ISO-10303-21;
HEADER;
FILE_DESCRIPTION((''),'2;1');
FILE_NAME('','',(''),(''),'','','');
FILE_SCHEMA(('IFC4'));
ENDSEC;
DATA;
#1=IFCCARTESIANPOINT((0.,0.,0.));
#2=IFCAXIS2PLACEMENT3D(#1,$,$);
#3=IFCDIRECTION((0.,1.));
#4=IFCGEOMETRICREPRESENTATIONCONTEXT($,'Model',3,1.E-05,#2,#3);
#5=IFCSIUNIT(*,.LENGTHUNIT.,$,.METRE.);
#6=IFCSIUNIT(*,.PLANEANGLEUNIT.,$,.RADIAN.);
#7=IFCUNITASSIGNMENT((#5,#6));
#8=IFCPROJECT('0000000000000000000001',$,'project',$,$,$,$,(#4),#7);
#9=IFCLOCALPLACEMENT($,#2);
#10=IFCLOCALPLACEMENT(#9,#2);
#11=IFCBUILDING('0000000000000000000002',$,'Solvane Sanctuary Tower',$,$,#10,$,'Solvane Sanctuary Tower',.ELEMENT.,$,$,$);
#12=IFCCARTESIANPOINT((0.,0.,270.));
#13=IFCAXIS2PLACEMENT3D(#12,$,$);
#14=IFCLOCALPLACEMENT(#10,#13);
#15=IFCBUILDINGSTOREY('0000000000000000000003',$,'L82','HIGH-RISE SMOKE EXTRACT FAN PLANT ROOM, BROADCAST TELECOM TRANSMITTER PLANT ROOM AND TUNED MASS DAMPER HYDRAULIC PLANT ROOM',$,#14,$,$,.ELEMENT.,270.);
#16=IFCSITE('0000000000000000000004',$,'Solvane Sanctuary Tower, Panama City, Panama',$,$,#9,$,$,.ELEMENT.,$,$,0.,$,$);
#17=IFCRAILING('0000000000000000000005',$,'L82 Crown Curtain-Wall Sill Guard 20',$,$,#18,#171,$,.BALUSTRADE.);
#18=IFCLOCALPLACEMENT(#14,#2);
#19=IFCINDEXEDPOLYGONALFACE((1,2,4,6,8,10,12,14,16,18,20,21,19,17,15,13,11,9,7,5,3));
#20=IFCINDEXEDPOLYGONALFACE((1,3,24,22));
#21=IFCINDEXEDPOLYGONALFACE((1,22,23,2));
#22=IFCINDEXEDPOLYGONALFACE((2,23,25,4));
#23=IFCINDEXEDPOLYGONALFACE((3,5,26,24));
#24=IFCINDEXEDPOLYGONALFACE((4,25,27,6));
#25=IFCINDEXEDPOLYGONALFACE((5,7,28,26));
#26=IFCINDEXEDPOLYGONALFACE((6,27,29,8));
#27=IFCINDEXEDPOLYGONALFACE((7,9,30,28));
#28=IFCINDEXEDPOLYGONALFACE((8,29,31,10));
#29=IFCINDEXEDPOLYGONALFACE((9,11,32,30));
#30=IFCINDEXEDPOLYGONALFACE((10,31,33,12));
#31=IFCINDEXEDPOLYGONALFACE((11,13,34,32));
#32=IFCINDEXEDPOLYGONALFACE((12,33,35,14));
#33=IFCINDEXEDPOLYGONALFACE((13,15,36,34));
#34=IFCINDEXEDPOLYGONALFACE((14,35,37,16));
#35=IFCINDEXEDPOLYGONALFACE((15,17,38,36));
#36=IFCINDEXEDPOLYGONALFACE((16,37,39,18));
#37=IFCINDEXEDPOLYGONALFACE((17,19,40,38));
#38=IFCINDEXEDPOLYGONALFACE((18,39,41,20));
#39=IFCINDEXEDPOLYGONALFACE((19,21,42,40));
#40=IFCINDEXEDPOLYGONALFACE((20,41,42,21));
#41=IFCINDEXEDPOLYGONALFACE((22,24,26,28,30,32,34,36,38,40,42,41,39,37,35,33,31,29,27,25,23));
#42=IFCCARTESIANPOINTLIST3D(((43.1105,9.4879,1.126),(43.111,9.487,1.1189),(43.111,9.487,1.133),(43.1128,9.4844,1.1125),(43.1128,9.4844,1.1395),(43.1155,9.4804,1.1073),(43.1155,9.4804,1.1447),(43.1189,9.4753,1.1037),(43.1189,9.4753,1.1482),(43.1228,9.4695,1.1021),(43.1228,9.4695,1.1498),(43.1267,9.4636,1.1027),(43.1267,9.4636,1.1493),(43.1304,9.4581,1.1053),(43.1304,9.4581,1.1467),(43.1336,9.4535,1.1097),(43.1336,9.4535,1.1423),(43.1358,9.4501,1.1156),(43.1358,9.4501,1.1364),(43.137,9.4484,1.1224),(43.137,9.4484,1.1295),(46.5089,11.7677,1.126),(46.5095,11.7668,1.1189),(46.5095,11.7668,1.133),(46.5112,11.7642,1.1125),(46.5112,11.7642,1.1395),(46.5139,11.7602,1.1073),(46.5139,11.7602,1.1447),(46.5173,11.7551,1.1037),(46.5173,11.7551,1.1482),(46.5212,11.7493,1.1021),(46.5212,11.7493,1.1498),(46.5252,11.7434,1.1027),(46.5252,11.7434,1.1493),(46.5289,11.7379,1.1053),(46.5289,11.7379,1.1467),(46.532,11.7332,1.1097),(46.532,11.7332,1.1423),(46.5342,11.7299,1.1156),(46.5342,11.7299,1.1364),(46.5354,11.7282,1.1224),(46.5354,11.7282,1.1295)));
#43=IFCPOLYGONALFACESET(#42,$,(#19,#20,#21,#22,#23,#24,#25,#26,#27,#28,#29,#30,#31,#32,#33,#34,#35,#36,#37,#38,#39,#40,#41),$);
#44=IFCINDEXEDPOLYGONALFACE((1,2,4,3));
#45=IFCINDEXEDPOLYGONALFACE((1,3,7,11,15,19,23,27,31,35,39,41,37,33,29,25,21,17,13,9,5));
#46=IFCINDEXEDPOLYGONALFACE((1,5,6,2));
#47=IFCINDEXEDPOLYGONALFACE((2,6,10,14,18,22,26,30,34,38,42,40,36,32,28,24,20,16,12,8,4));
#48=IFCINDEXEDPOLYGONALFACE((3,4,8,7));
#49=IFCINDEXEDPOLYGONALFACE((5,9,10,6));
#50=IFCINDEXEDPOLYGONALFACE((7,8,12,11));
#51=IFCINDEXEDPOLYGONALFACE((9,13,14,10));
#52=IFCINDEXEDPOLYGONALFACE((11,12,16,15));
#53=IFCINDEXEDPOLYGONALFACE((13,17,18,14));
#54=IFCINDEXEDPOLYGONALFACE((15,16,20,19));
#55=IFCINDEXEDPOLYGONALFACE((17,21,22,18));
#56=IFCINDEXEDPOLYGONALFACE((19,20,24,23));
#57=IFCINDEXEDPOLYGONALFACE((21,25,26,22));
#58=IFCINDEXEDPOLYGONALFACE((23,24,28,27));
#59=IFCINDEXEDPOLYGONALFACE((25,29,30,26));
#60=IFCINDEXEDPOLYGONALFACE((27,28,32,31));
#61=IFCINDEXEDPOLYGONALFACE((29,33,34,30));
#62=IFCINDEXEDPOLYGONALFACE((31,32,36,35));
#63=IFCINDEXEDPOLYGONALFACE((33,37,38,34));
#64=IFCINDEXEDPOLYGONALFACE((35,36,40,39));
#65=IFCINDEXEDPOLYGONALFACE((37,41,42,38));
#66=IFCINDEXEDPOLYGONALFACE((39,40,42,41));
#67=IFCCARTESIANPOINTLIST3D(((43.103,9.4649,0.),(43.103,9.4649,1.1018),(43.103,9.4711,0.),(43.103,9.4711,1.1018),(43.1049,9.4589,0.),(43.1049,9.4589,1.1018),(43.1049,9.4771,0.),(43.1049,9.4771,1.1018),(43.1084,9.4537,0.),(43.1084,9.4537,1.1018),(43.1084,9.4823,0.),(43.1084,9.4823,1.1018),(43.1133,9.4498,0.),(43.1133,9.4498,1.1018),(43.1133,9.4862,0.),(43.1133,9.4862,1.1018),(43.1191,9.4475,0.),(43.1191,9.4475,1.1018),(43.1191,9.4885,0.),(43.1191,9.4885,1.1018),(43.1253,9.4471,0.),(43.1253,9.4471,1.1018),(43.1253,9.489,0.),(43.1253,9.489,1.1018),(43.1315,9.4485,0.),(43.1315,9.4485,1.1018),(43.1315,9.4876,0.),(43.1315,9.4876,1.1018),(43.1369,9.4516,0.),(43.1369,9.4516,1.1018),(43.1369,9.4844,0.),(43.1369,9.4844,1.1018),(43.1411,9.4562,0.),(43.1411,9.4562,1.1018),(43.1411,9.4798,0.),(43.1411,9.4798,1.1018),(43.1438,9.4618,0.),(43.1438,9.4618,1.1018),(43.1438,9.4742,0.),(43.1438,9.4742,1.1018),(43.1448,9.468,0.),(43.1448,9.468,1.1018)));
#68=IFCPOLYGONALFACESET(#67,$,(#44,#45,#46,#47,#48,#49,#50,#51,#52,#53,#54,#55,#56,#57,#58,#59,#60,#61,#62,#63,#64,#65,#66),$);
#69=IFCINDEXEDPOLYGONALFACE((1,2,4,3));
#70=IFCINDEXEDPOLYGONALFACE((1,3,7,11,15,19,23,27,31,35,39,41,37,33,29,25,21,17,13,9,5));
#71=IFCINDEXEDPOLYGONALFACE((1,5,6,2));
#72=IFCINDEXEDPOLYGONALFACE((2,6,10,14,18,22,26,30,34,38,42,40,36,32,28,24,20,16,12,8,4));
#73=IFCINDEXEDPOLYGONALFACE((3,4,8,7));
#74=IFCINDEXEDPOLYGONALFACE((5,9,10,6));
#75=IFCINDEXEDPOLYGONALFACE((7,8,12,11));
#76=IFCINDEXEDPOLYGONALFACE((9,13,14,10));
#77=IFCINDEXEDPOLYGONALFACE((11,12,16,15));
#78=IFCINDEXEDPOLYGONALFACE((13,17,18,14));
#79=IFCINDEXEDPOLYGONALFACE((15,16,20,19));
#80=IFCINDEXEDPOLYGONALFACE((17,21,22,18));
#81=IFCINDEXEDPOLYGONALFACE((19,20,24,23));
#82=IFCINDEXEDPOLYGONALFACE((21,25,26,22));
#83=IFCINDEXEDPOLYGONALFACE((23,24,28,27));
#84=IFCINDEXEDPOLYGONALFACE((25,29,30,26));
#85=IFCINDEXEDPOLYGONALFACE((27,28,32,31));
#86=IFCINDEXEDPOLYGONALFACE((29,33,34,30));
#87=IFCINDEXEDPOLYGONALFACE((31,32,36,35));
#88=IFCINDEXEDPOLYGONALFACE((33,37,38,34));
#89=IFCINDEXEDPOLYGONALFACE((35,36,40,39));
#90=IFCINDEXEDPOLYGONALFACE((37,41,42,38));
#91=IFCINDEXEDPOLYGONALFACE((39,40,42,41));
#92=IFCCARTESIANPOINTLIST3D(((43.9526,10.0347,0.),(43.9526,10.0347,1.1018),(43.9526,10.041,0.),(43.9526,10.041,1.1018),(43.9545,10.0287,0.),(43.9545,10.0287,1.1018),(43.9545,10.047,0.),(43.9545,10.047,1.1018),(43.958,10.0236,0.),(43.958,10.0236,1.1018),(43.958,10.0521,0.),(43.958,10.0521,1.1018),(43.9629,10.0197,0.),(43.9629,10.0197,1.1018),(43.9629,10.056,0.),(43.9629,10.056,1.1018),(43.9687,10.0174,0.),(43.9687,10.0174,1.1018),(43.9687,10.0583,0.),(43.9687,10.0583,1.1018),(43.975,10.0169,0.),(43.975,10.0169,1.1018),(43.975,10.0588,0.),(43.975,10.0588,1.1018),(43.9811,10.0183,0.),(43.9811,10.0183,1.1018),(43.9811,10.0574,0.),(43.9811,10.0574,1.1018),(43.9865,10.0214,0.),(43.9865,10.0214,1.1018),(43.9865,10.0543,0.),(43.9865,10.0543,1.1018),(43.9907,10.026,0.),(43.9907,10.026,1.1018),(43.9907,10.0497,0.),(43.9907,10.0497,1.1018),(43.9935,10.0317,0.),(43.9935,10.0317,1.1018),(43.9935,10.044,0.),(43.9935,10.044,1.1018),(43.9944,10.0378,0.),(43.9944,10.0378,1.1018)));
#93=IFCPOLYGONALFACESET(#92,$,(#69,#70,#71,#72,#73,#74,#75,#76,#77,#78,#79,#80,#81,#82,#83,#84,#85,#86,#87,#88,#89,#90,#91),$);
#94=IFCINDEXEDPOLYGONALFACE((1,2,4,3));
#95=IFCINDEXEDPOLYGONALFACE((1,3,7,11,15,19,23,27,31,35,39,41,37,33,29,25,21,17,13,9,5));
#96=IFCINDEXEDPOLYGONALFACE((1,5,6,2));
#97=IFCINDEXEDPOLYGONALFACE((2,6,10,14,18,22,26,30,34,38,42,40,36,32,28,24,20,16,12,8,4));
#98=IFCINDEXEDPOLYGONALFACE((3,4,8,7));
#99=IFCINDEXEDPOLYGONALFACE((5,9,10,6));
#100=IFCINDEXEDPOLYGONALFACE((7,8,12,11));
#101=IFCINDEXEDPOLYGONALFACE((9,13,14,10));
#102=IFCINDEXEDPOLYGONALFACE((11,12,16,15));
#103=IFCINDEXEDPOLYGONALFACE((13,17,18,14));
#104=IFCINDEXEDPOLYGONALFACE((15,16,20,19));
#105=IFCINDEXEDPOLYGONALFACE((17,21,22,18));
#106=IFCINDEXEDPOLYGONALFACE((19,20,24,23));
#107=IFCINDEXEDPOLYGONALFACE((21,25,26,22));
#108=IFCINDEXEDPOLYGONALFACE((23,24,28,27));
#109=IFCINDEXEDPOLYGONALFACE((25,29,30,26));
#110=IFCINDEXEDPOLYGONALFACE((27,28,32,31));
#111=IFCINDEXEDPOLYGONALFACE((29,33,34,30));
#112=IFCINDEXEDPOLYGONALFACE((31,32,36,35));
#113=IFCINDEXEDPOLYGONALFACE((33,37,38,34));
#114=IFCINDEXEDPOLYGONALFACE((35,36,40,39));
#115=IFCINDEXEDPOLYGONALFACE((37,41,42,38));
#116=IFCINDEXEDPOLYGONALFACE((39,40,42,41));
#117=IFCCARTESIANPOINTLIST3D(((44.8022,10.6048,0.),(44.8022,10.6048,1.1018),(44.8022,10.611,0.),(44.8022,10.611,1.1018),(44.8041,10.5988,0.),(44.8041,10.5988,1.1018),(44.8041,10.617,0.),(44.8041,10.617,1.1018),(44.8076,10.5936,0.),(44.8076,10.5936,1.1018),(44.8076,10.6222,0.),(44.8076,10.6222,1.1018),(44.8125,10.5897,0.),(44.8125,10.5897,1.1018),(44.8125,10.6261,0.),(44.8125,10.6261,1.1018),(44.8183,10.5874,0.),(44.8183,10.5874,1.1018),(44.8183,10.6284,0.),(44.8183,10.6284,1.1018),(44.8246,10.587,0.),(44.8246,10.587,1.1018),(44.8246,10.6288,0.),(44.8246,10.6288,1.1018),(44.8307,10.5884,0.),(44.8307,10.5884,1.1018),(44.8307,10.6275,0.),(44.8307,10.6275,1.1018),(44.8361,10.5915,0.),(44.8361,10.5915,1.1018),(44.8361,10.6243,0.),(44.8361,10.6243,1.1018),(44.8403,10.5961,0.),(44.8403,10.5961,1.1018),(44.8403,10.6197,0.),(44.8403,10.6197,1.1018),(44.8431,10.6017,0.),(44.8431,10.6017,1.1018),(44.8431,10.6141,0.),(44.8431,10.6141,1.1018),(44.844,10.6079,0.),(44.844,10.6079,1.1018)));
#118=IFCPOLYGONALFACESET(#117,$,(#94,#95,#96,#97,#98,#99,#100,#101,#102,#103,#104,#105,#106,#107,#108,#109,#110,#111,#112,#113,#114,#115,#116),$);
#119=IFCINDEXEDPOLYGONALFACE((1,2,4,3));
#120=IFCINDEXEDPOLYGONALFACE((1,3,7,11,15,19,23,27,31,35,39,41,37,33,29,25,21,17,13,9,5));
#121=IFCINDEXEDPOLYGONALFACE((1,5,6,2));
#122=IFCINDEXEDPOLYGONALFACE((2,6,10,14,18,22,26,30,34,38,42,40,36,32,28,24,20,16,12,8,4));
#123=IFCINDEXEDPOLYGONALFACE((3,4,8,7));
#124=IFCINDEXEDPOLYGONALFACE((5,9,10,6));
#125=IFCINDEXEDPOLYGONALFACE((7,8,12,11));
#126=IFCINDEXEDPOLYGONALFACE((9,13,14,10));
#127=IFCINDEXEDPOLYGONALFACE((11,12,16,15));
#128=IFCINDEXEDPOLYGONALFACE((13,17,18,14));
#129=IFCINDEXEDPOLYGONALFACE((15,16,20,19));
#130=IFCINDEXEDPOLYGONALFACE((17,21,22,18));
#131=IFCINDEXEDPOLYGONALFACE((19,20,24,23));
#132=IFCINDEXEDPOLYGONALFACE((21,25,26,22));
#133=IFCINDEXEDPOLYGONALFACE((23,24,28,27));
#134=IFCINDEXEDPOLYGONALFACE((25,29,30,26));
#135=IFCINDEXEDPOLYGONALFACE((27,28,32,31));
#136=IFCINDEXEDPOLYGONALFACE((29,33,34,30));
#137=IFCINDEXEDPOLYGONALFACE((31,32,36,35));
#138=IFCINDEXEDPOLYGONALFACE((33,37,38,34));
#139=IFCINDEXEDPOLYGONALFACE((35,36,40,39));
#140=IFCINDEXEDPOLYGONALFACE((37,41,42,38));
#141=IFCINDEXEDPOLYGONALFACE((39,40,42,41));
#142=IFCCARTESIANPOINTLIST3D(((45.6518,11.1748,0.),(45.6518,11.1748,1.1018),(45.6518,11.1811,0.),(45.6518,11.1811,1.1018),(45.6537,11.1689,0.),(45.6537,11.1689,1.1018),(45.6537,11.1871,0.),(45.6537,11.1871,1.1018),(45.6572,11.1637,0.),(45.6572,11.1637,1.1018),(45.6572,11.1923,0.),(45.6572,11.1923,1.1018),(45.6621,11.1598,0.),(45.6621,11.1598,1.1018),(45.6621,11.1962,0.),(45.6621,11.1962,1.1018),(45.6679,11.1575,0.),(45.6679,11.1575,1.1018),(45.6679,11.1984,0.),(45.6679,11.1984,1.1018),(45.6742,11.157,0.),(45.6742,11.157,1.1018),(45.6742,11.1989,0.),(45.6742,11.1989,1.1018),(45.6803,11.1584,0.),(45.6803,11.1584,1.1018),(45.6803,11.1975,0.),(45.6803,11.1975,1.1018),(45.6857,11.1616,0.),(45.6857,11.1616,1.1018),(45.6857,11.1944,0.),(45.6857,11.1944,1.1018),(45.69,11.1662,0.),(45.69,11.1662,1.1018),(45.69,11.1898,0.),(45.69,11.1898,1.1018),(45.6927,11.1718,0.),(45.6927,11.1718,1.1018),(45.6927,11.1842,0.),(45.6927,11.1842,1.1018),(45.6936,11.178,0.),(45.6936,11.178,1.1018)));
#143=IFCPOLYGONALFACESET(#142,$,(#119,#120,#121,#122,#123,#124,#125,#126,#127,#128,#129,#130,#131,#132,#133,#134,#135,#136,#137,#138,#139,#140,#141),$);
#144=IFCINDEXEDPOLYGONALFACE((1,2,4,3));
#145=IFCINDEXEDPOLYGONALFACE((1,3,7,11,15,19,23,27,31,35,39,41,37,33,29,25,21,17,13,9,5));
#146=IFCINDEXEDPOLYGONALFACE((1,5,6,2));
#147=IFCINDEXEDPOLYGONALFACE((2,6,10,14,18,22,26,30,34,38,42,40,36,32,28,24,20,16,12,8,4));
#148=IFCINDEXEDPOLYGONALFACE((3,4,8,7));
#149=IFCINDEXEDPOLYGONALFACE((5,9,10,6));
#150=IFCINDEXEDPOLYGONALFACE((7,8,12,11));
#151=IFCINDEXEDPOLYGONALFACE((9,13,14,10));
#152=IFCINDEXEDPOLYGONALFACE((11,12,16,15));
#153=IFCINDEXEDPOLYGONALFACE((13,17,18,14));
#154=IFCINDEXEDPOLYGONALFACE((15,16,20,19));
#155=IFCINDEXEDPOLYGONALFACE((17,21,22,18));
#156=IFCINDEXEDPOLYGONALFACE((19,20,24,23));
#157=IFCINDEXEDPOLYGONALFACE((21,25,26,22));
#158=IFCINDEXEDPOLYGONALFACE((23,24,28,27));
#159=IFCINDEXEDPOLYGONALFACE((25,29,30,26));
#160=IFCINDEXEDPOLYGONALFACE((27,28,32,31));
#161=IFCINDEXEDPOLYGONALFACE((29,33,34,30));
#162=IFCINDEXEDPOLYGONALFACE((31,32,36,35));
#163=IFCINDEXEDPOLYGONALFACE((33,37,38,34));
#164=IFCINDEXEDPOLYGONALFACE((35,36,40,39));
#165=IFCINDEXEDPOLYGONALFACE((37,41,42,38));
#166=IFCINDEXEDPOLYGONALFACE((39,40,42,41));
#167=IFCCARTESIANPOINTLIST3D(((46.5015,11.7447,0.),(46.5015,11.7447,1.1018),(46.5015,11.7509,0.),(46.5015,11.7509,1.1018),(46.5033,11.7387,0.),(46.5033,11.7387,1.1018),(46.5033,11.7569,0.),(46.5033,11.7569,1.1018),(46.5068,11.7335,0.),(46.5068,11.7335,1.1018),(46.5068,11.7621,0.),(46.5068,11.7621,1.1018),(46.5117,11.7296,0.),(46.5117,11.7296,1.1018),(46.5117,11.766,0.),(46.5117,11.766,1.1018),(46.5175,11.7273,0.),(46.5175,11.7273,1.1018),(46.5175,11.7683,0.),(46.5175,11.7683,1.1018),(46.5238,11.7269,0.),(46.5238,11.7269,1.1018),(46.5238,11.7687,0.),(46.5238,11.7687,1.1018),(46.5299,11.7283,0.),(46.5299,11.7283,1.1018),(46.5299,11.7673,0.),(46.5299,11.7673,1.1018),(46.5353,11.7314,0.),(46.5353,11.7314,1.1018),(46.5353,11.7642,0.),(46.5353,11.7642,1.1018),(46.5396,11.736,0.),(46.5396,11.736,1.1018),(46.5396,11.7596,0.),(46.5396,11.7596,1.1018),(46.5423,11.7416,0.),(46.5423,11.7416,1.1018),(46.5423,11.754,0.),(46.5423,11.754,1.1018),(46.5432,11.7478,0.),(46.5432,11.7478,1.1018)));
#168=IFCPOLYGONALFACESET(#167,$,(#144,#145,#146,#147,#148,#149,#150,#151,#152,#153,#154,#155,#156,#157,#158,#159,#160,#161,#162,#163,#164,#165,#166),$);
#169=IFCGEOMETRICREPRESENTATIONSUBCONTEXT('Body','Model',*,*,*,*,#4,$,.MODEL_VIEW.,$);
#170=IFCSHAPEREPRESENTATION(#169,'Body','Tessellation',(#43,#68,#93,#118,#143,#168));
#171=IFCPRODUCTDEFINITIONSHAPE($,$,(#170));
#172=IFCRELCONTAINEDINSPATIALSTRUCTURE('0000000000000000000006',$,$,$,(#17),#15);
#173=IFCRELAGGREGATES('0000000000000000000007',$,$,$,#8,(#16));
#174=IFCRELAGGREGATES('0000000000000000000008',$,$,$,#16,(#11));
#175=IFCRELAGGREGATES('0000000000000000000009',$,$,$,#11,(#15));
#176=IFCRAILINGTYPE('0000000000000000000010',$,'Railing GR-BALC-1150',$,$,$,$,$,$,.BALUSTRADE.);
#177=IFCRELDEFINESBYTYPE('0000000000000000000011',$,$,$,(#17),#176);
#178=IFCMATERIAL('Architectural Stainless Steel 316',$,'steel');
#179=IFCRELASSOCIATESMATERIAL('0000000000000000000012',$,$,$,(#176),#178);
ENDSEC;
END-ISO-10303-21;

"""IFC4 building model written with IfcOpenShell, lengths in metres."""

from ifc_helpers import new_model, si_unit, direction, frame, origin, origin_2d, place, context, subcontext, project, spatial, circle, extrude, material, type_object, element, save


model = new_model("IFC4")

# Units and contexts
model_context = context("Model", 3, precision=1e-05, world=origin(), true_north=direction((0.0, 1.0)))
body_context = subcontext(model_context, "Body", "Model", "MODEL_VIEW")
ifc_project = project(units=[si_unit("LENGTHUNIT", "METRE"), si_unit("PLANEANGLEUNIT", "RADIAN")], contexts=[model_context])

# Site, building, storey
site_placement = place(None, origin())
site = spatial("IfcSite", under=ifc_project, at=site_placement, Name="Solvane Sanctuary Tower, Panama City, Panama", CompositionType="ELEMENT", RefElevation=0.0)
building_placement = place(site_placement, origin())
building = spatial("IfcBuilding", under=site, at=building_placement, Name="Solvane Sanctuary Tower", LongName="Solvane Sanctuary Tower", CompositionType="ELEMENT")
storey_placement = place(building_placement, frame((0.0, 0.0, 270.0)))
storey = spatial("IfcBuildingStorey", under=building, at=storey_placement, Name="L82", Description="HIGH-RISE SMOKE EXTRACT FAN PLANT ROOM, BROADCAST TELECOM TRANSMITTER PLANT ROOM AND TUNED MASS DAMPER HYDRAULIC PLANT ROOM", CompositionType="ELEMENT", Elevation=270.0)

# Railing
ifc_material_1 = material(Name="Architectural Stainless Steel 316", Category="steel")
railing_type = type_object("IfcRailingType", Name="Railing GR-BALC-1150", PredefinedType="BALUSTRADE", material=ifc_material_1)
railing_1_placement = place(storey_placement, frame((43.1238, 9.468, 0.0)))
element("IfcRailing", 1, at=railing_1_placement, inside=storey, type_object=railing_type, Name="L82 Crown Curtain-Wall Sill Guard 20", PredefinedType="BALUSTRADE", context=body_context, shape_type="SweptSolid", body=[
    extrude(circle(Radius=0.0239, at=origin_2d()), frame((0.0, 0.0, 1.126), z_axis=(0.83045, 0.557093, 0.0), x_axis=(-0.557093, 0.83045, 0.0)), (0.0, 0.0, 1.0), 4.0923),
    extrude(circle(Radius=0.021, at=origin_2d()), origin(), (0.0, 0.0, 1.0), 1.1018),
    extrude(circle(Radius=0.021, at=origin_2d()), frame((0.8496, 0.5698, 0.0)), (0.0, 0.0, 1.0), 1.1018),
    extrude(circle(Radius=0.021, at=origin_2d()), frame((1.6992, 1.1399, 0.0)), (0.0, 0.0, 1.0), 1.1018),
    extrude(circle(Radius=0.021, at=origin_2d()), frame((2.5488, 1.71, 0.0)), (0.0, 0.0, 1.0), 1.1018),
    extrude(circle(Radius=0.021, at=origin_2d()), frame((3.3984, 2.2798, 0.0)), (0.0, 0.0, 1.0), 1.1018),
])

save(model, "model.ifc")
